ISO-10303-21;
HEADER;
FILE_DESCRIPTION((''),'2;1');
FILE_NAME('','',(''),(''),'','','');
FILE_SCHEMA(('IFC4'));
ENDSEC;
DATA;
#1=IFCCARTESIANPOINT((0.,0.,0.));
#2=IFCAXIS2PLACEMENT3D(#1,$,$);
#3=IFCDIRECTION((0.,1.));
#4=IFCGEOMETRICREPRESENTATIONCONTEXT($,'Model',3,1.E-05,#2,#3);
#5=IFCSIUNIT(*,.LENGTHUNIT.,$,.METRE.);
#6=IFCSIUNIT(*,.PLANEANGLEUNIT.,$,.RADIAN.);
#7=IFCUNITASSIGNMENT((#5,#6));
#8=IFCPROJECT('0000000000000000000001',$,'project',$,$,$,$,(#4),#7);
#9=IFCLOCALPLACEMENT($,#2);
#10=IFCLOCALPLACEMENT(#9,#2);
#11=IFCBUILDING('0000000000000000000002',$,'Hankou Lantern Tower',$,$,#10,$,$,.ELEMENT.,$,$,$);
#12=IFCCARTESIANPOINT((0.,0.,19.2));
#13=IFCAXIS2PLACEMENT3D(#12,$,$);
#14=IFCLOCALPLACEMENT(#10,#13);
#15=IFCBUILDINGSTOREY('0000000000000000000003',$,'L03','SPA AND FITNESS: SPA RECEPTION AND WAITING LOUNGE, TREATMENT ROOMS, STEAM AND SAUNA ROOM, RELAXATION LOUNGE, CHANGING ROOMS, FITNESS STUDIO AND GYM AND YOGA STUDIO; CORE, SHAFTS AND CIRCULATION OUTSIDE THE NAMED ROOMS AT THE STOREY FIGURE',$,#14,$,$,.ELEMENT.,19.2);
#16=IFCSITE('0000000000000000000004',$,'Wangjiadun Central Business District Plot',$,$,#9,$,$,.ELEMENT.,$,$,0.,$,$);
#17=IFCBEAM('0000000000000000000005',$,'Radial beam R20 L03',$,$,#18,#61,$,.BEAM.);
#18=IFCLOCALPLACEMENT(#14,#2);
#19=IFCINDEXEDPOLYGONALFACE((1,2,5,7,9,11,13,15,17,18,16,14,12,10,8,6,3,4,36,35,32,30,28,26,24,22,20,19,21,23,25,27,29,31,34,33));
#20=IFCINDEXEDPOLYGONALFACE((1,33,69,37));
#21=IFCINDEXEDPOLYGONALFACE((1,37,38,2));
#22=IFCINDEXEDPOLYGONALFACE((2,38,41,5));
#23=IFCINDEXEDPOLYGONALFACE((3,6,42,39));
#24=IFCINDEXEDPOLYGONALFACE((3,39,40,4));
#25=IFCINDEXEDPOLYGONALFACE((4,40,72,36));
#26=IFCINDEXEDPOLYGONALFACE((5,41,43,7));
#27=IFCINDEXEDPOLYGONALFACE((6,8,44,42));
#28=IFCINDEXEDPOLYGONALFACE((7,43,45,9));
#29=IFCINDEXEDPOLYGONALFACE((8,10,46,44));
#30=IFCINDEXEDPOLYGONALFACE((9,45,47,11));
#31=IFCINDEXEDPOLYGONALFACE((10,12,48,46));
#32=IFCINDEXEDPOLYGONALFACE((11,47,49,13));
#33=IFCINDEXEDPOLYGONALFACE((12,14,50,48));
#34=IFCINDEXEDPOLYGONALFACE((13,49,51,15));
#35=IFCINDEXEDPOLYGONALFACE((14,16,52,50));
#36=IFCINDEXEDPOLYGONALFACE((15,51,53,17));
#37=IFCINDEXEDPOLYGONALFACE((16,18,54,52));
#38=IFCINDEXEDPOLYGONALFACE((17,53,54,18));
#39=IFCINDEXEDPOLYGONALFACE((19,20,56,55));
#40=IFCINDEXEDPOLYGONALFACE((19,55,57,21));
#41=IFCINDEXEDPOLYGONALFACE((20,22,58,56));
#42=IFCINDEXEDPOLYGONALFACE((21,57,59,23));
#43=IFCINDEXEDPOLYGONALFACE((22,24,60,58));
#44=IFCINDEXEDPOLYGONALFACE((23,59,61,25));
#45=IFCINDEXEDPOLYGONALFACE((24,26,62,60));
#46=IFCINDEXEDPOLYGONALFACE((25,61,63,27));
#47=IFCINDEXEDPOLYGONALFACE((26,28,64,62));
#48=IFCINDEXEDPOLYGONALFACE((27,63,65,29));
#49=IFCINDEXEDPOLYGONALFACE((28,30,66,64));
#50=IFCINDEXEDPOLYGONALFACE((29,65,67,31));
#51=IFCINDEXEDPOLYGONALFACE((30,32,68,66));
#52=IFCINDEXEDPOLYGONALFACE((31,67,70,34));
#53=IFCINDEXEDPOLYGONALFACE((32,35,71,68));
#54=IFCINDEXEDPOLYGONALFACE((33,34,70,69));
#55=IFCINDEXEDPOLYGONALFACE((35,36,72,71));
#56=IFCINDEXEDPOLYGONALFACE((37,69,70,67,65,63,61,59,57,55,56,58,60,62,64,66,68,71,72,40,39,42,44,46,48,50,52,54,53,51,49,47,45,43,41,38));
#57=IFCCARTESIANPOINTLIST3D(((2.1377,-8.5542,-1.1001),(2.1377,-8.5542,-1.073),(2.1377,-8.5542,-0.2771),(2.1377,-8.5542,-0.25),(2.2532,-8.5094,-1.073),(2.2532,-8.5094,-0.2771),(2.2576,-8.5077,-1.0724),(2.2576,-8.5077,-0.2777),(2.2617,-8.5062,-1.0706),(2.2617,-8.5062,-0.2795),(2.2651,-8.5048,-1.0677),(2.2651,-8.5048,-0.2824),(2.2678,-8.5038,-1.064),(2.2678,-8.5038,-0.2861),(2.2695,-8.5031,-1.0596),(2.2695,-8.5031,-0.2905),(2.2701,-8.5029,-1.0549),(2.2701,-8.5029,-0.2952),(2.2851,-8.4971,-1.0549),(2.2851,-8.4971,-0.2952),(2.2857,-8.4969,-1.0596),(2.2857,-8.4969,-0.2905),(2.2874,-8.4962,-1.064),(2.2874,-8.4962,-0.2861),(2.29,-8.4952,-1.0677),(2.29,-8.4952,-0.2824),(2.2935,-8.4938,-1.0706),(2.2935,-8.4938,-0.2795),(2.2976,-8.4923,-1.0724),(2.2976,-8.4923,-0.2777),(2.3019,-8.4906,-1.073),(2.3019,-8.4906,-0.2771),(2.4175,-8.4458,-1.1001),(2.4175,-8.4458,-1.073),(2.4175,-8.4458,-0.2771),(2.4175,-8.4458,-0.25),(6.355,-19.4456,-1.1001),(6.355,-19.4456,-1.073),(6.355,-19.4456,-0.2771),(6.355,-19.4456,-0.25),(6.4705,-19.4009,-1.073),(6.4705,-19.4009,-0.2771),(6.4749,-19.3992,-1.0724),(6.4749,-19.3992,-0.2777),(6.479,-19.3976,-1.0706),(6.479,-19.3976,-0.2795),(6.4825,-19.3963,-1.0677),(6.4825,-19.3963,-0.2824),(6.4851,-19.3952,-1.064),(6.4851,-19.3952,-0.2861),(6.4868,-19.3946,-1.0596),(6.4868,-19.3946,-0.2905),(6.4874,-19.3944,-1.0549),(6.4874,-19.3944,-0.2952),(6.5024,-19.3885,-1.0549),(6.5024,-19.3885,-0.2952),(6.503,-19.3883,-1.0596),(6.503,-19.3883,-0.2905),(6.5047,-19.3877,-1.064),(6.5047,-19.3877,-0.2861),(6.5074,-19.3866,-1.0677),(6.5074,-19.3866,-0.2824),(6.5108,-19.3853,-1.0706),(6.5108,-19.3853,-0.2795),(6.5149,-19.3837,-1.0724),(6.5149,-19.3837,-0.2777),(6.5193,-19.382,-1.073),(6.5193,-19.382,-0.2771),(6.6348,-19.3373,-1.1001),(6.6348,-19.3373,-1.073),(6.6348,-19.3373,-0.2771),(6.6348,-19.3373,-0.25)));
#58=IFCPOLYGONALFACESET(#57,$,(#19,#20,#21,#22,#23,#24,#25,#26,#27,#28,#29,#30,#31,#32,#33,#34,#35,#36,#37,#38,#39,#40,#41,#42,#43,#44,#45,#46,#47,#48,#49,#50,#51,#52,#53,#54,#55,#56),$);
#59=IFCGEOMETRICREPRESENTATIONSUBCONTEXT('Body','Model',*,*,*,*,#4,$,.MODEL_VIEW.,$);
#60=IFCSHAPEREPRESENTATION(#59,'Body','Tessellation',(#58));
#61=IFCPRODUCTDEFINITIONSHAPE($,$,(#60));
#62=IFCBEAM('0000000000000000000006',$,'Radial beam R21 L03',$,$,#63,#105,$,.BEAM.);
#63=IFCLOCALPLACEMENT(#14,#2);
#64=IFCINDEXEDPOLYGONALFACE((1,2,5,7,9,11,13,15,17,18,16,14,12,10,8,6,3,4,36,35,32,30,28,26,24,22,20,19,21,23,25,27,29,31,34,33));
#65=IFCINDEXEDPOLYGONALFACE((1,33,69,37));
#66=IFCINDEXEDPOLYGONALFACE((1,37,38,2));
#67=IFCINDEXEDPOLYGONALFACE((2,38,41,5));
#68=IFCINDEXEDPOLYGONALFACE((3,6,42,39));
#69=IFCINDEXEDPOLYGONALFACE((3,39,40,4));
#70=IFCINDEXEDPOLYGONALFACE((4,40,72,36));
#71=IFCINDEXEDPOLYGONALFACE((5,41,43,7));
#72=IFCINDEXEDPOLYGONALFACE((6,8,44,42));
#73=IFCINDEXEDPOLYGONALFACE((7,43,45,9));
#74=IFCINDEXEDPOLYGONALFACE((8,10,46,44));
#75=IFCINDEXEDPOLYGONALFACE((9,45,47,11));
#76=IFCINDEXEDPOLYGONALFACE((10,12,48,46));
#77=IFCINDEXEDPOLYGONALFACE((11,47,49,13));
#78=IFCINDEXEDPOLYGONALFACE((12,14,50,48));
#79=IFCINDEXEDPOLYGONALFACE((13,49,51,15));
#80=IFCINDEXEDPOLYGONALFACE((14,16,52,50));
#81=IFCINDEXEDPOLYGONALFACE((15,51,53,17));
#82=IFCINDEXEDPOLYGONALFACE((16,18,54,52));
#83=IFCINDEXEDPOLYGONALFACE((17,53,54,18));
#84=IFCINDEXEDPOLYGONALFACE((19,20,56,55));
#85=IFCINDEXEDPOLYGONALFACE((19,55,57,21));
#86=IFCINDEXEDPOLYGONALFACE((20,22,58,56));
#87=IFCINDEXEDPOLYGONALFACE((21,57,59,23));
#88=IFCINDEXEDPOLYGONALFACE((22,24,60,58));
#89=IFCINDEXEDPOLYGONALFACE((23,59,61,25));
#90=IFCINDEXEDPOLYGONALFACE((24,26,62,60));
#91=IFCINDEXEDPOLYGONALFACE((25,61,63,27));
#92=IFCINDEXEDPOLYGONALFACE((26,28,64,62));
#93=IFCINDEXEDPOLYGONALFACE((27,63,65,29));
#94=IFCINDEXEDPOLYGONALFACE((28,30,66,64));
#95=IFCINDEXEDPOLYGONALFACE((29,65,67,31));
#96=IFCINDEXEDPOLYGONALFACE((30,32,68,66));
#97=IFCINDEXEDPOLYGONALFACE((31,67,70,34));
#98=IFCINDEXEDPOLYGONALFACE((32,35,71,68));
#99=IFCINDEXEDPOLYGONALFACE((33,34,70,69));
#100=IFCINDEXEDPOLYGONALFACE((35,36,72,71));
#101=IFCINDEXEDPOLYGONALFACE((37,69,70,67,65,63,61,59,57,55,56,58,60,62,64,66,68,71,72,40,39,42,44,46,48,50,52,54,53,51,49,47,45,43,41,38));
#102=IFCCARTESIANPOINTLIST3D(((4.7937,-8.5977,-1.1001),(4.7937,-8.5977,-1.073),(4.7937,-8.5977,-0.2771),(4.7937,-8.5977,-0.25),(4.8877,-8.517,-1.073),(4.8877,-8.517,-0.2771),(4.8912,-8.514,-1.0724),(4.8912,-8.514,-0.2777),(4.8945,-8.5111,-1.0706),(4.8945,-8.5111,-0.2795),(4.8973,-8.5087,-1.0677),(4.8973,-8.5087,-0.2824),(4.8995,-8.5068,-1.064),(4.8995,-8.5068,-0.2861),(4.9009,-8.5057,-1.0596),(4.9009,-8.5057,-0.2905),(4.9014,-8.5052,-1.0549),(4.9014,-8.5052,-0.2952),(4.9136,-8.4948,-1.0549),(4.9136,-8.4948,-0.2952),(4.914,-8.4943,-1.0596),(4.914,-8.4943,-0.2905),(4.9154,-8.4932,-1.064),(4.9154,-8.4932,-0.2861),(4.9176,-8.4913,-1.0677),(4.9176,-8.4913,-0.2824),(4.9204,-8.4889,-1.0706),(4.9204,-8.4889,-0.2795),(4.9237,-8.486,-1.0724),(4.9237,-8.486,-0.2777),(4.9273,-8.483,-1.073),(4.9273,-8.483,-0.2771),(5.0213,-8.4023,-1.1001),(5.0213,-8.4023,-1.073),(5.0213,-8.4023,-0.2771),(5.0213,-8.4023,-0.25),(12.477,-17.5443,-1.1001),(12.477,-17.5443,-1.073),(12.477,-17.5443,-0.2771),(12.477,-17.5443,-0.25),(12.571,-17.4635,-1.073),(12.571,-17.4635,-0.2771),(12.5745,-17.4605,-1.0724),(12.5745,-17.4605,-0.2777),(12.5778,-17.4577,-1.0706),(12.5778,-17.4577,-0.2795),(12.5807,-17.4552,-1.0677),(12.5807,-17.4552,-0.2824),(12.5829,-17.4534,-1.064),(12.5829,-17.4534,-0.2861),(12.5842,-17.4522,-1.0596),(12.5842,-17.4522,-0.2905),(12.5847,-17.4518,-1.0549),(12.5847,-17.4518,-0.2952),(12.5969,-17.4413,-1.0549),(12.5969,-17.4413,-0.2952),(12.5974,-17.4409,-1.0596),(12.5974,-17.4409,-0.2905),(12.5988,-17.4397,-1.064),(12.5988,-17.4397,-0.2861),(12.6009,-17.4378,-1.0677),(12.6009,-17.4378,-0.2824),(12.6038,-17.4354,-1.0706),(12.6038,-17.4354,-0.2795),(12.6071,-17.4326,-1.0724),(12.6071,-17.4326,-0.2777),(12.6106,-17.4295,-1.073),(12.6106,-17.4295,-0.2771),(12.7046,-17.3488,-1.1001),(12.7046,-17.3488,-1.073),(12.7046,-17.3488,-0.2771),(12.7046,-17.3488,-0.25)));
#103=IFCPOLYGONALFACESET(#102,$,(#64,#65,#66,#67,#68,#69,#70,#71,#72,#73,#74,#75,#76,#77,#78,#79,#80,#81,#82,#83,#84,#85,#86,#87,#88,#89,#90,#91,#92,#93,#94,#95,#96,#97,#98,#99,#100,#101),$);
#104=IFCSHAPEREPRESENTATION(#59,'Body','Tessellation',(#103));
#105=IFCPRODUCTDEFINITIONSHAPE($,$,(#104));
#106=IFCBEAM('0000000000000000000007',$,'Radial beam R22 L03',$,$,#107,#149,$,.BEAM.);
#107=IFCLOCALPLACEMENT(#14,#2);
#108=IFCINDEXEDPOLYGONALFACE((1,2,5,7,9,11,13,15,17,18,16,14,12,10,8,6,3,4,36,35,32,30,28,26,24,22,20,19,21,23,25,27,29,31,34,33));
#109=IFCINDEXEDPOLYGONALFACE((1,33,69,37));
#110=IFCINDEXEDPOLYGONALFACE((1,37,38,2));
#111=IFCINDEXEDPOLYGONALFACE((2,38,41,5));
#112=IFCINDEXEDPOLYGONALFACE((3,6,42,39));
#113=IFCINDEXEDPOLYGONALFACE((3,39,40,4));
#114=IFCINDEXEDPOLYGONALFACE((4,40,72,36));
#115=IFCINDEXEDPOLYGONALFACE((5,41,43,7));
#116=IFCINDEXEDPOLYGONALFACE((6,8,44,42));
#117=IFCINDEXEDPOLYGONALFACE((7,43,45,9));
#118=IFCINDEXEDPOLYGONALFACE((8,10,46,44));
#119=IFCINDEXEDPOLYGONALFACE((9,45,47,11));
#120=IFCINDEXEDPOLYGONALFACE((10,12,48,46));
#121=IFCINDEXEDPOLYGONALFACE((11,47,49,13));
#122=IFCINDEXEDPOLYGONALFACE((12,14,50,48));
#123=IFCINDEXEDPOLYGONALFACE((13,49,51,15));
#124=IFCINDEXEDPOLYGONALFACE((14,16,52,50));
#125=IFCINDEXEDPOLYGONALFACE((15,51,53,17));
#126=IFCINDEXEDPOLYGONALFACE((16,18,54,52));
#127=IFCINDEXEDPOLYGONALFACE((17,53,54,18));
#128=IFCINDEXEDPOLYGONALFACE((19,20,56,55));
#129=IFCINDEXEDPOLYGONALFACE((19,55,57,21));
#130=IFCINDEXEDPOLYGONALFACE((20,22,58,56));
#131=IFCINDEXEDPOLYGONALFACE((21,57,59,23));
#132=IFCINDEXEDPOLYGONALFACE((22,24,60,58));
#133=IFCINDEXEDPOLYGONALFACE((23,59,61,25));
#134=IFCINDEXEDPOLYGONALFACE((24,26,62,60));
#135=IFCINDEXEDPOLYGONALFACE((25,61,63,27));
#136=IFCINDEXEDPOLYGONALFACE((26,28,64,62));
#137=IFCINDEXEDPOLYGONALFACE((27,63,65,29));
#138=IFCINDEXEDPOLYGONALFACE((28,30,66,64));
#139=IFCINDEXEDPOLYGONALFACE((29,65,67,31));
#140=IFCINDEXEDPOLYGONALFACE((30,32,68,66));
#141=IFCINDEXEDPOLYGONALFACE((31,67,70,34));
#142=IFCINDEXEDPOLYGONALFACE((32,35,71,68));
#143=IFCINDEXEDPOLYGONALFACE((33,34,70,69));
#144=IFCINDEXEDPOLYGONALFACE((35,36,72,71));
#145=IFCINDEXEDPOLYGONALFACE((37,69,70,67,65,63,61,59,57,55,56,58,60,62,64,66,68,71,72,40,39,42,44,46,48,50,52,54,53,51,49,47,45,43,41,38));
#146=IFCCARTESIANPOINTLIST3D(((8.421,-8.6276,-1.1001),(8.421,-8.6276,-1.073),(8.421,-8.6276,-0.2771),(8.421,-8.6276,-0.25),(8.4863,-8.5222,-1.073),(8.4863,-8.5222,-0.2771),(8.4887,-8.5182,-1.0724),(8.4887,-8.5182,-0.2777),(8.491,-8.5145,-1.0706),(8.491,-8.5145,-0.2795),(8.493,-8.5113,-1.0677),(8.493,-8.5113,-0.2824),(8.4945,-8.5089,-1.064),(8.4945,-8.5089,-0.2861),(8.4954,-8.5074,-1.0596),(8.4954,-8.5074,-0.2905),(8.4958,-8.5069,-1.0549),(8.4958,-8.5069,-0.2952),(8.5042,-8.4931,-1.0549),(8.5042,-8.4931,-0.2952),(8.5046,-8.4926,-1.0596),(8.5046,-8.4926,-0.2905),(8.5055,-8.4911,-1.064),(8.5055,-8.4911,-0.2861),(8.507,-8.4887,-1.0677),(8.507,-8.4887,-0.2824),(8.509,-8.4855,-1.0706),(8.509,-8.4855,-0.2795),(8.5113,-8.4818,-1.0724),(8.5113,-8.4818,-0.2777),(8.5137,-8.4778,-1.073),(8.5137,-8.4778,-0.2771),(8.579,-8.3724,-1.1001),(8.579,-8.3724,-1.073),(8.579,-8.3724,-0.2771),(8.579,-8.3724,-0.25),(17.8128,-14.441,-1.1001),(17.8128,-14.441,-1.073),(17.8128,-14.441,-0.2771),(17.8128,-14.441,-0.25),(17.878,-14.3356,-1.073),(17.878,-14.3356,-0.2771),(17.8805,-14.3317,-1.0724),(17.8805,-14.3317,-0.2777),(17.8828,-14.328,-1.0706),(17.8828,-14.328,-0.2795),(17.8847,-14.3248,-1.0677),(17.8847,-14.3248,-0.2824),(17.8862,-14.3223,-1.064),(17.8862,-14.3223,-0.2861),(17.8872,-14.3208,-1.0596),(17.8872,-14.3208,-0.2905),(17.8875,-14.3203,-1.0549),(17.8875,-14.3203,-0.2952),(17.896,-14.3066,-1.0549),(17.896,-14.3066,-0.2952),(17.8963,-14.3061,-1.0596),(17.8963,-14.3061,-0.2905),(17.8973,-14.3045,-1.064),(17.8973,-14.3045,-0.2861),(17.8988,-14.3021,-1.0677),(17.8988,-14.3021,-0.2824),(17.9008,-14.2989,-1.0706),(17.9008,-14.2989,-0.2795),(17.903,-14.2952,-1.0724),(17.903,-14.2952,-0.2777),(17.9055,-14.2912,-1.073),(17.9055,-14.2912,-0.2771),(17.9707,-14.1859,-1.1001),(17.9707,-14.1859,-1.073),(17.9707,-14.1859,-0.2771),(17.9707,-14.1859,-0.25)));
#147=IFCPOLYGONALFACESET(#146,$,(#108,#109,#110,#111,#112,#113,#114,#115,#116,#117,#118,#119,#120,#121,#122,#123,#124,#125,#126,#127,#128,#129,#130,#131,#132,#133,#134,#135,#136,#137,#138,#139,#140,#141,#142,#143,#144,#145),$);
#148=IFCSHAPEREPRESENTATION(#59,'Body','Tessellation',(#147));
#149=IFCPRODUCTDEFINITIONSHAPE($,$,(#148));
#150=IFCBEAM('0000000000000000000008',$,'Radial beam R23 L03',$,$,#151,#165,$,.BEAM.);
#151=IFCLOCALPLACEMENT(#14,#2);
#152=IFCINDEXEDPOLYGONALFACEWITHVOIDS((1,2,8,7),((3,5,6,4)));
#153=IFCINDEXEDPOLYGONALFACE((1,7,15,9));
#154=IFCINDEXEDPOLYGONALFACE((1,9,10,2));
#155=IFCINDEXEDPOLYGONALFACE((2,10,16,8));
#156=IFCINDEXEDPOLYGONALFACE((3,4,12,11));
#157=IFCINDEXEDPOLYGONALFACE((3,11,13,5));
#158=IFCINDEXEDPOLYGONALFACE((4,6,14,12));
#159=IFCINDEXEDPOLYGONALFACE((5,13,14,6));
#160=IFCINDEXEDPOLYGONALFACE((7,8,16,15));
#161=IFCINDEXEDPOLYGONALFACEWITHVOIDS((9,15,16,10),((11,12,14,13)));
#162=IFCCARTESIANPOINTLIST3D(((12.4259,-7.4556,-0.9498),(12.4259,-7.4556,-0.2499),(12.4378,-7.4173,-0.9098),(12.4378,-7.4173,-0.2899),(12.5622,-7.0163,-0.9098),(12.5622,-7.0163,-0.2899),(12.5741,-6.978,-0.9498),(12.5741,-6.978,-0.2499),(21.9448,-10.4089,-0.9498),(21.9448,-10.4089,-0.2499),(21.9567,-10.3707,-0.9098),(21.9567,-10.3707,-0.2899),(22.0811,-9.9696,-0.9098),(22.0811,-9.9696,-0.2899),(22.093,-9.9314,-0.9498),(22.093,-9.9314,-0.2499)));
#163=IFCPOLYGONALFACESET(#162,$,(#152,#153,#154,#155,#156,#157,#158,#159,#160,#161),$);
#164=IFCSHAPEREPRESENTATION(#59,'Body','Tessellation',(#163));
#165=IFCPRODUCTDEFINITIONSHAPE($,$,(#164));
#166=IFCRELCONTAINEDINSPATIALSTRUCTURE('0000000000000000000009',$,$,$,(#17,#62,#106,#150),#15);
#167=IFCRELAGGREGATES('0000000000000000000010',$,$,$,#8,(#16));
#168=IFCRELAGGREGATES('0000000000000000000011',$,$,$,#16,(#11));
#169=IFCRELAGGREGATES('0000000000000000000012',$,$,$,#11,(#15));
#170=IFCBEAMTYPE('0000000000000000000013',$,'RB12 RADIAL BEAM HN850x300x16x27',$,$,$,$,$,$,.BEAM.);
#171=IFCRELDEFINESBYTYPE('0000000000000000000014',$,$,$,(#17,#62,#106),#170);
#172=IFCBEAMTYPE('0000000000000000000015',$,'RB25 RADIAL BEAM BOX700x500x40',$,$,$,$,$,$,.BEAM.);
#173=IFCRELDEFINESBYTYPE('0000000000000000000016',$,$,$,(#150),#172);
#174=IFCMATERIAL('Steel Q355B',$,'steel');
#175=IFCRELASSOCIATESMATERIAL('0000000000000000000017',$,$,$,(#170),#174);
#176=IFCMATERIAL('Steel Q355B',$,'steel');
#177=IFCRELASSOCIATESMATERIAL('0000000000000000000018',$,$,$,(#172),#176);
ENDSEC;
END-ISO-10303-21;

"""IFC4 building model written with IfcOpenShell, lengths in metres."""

from ifc_helpers import new_model, si_unit, direction, frame, origin, origin_2d, place, context, subcontext, project, spatial, hollow_rectangle, i_section, extrude, material, material_profile, profile_set, type_object, element, save


model = new_model("IFC4")

# Units and contexts
model_context = context("Model", 3, precision=1e-05, world=origin(), true_north=direction((0.0, 1.0)))
body_context = subcontext(model_context, "Body", "Model", "MODEL_VIEW")
ifc_project = project(units=[si_unit("LENGTHUNIT", "METRE"), si_unit("PLANEANGLEUNIT", "RADIAN")], contexts=[model_context])

# Site, building, storey
site_placement = place(None, origin())
site = spatial("IfcSite", under=ifc_project, at=site_placement, Name="Wangjiadun Central Business District Plot", CompositionType="ELEMENT", RefElevation=0.0)
building_placement = place(site_placement, origin())
building = spatial("IfcBuilding", under=site, at=building_placement, Name="Hankou Lantern Tower", CompositionType="ELEMENT")
storey_placement = place(building_placement, frame((0.0, 0.0, 19.2)))
storey = spatial("IfcBuildingStorey", under=building, at=storey_placement, Name="L03", Description="SPA AND FITNESS: SPA RECEPTION AND WAITING LOUNGE, TREATMENT ROOMS, STEAM AND SAUNA ROOM, RELAXATION LOUNGE, CHANGING ROOMS, FITNESS STUDIO AND GYM AND YOGA STUDIO; CORE, SHAFTS AND CIRCULATION OUTSIDE THE NAMED ROOMS AT THE STOREY FIGURE", CompositionType="ELEMENT", Elevation=19.2)

# Beams
ifc_material_1 = material(Name="Steel Q355B", Category="steel")
ifc_material_profile_1 = material_profile(ifc_material_1, i_section(OverallWidth=0.3, OverallDepth=0.8501, WebThickness=0.0161, FlangeThickness=0.0271, FilletRadius=0.0181, at=origin_2d()), Name="HN850x300x16x27")
ifc_profile_set_1 = profile_set([ifc_material_profile_1], Name="Steel Q355B")
beam_type_1 = type_object("IfcBeamType", Name="RB12 RADIAL BEAM HN850x300x16x27", PredefinedType="BEAM", material=ifc_profile_set_1)
beam_1_placement = place(storey_placement, frame((2.2776, -8.5, -0.675), z_axis=(0.361089, -0.932531, 0.0), x_axis=(0.932531, 0.361089, 0.0)))
element("IfcBeam", 1, at=beam_1_placement, inside=storey, type_object=beam_type_1, Name="Radial beam R20 L03", PredefinedType="BEAM", context=body_context, shape_type="SweptSolid", body=[
    extrude(i_section(OverallWidth=0.3, OverallDepth=0.8501, WebThickness=0.0161, FlangeThickness=0.0271, FilletRadius=0.0181, at=origin_2d()), origin(), (0.0, 0.0, 1.0), 11.6794),
])
beam_2_placement = place(storey_placement, frame((4.9075, -8.5, -0.675), z_axis=(0.651519, -0.758632, 0.0), x_axis=(0.758632, 0.651519, 0.0)))
element("IfcBeam", 2, at=beam_2_placement, inside=storey, type_object=beam_type_1, Name="Radial beam R21 L03", PredefinedType="BEAM", context=body_context, shape_type="SweptSolid", body=[
    extrude(i_section(OverallWidth=0.3, OverallDepth=0.8501, WebThickness=0.0161, FlangeThickness=0.0271, FilletRadius=0.0181, at=origin_2d()), origin(), (0.0, 0.0, 1.0), 11.793),
])
beam_3_placement = place(storey_placement, frame((8.5, -8.5, -0.675), z_axis=(0.850286, -0.52632, 0.0), x_axis=(0.52632, 0.850286, 0.0)))
element("IfcBeam", 3, at=beam_3_placement, inside=storey, type_object=beam_type_1, Name="Radial beam R22 L03", PredefinedType="BEAM", context=body_context, shape_type="SweptSolid", body=[
    extrude(i_section(OverallWidth=0.3, OverallDepth=0.8501, WebThickness=0.0161, FlangeThickness=0.0271, FilletRadius=0.0181, at=origin_2d()), origin(), (0.0, 0.0, 1.0), 11.0454),
])
ifc_material_2 = material(Name="Steel Q355B", Category="steel")
ifc_material_profile_2 = material_profile(ifc_material_2, hollow_rectangle(XDim=0.5, YDim=0.7, WallThickness=0.04, at=origin_2d()), Name="BOX700x500x40")
ifc_profile_set_2 = profile_set([ifc_material_profile_2], Name="Steel Q355B")
beam_type_2 = type_object("IfcBeamType", Name="RB25 RADIAL BEAM BOX700x500x40", PredefinedType="BEAM", material=ifc_profile_set_2)
beam_4_placement = place(storey_placement, frame((12.5, -7.2168, -0.5999), z_axis=(0.955087, -0.296324, 0.0), x_axis=(0.296324, 0.955087, 0.0)))
element("IfcBeam", 4, at=beam_4_placement, inside=storey, type_object=beam_type_2, Name="Radial beam R23 L03", PredefinedType="BEAM", context=body_context, shape_type="SweptSolid", body=[
    extrude(hollow_rectangle(XDim=0.5, YDim=0.7, WallThickness=0.04, at=origin_2d()), origin(), (0.0, 0.0, 1.0), 9.9666),
])

save(model, "model.ifc")
